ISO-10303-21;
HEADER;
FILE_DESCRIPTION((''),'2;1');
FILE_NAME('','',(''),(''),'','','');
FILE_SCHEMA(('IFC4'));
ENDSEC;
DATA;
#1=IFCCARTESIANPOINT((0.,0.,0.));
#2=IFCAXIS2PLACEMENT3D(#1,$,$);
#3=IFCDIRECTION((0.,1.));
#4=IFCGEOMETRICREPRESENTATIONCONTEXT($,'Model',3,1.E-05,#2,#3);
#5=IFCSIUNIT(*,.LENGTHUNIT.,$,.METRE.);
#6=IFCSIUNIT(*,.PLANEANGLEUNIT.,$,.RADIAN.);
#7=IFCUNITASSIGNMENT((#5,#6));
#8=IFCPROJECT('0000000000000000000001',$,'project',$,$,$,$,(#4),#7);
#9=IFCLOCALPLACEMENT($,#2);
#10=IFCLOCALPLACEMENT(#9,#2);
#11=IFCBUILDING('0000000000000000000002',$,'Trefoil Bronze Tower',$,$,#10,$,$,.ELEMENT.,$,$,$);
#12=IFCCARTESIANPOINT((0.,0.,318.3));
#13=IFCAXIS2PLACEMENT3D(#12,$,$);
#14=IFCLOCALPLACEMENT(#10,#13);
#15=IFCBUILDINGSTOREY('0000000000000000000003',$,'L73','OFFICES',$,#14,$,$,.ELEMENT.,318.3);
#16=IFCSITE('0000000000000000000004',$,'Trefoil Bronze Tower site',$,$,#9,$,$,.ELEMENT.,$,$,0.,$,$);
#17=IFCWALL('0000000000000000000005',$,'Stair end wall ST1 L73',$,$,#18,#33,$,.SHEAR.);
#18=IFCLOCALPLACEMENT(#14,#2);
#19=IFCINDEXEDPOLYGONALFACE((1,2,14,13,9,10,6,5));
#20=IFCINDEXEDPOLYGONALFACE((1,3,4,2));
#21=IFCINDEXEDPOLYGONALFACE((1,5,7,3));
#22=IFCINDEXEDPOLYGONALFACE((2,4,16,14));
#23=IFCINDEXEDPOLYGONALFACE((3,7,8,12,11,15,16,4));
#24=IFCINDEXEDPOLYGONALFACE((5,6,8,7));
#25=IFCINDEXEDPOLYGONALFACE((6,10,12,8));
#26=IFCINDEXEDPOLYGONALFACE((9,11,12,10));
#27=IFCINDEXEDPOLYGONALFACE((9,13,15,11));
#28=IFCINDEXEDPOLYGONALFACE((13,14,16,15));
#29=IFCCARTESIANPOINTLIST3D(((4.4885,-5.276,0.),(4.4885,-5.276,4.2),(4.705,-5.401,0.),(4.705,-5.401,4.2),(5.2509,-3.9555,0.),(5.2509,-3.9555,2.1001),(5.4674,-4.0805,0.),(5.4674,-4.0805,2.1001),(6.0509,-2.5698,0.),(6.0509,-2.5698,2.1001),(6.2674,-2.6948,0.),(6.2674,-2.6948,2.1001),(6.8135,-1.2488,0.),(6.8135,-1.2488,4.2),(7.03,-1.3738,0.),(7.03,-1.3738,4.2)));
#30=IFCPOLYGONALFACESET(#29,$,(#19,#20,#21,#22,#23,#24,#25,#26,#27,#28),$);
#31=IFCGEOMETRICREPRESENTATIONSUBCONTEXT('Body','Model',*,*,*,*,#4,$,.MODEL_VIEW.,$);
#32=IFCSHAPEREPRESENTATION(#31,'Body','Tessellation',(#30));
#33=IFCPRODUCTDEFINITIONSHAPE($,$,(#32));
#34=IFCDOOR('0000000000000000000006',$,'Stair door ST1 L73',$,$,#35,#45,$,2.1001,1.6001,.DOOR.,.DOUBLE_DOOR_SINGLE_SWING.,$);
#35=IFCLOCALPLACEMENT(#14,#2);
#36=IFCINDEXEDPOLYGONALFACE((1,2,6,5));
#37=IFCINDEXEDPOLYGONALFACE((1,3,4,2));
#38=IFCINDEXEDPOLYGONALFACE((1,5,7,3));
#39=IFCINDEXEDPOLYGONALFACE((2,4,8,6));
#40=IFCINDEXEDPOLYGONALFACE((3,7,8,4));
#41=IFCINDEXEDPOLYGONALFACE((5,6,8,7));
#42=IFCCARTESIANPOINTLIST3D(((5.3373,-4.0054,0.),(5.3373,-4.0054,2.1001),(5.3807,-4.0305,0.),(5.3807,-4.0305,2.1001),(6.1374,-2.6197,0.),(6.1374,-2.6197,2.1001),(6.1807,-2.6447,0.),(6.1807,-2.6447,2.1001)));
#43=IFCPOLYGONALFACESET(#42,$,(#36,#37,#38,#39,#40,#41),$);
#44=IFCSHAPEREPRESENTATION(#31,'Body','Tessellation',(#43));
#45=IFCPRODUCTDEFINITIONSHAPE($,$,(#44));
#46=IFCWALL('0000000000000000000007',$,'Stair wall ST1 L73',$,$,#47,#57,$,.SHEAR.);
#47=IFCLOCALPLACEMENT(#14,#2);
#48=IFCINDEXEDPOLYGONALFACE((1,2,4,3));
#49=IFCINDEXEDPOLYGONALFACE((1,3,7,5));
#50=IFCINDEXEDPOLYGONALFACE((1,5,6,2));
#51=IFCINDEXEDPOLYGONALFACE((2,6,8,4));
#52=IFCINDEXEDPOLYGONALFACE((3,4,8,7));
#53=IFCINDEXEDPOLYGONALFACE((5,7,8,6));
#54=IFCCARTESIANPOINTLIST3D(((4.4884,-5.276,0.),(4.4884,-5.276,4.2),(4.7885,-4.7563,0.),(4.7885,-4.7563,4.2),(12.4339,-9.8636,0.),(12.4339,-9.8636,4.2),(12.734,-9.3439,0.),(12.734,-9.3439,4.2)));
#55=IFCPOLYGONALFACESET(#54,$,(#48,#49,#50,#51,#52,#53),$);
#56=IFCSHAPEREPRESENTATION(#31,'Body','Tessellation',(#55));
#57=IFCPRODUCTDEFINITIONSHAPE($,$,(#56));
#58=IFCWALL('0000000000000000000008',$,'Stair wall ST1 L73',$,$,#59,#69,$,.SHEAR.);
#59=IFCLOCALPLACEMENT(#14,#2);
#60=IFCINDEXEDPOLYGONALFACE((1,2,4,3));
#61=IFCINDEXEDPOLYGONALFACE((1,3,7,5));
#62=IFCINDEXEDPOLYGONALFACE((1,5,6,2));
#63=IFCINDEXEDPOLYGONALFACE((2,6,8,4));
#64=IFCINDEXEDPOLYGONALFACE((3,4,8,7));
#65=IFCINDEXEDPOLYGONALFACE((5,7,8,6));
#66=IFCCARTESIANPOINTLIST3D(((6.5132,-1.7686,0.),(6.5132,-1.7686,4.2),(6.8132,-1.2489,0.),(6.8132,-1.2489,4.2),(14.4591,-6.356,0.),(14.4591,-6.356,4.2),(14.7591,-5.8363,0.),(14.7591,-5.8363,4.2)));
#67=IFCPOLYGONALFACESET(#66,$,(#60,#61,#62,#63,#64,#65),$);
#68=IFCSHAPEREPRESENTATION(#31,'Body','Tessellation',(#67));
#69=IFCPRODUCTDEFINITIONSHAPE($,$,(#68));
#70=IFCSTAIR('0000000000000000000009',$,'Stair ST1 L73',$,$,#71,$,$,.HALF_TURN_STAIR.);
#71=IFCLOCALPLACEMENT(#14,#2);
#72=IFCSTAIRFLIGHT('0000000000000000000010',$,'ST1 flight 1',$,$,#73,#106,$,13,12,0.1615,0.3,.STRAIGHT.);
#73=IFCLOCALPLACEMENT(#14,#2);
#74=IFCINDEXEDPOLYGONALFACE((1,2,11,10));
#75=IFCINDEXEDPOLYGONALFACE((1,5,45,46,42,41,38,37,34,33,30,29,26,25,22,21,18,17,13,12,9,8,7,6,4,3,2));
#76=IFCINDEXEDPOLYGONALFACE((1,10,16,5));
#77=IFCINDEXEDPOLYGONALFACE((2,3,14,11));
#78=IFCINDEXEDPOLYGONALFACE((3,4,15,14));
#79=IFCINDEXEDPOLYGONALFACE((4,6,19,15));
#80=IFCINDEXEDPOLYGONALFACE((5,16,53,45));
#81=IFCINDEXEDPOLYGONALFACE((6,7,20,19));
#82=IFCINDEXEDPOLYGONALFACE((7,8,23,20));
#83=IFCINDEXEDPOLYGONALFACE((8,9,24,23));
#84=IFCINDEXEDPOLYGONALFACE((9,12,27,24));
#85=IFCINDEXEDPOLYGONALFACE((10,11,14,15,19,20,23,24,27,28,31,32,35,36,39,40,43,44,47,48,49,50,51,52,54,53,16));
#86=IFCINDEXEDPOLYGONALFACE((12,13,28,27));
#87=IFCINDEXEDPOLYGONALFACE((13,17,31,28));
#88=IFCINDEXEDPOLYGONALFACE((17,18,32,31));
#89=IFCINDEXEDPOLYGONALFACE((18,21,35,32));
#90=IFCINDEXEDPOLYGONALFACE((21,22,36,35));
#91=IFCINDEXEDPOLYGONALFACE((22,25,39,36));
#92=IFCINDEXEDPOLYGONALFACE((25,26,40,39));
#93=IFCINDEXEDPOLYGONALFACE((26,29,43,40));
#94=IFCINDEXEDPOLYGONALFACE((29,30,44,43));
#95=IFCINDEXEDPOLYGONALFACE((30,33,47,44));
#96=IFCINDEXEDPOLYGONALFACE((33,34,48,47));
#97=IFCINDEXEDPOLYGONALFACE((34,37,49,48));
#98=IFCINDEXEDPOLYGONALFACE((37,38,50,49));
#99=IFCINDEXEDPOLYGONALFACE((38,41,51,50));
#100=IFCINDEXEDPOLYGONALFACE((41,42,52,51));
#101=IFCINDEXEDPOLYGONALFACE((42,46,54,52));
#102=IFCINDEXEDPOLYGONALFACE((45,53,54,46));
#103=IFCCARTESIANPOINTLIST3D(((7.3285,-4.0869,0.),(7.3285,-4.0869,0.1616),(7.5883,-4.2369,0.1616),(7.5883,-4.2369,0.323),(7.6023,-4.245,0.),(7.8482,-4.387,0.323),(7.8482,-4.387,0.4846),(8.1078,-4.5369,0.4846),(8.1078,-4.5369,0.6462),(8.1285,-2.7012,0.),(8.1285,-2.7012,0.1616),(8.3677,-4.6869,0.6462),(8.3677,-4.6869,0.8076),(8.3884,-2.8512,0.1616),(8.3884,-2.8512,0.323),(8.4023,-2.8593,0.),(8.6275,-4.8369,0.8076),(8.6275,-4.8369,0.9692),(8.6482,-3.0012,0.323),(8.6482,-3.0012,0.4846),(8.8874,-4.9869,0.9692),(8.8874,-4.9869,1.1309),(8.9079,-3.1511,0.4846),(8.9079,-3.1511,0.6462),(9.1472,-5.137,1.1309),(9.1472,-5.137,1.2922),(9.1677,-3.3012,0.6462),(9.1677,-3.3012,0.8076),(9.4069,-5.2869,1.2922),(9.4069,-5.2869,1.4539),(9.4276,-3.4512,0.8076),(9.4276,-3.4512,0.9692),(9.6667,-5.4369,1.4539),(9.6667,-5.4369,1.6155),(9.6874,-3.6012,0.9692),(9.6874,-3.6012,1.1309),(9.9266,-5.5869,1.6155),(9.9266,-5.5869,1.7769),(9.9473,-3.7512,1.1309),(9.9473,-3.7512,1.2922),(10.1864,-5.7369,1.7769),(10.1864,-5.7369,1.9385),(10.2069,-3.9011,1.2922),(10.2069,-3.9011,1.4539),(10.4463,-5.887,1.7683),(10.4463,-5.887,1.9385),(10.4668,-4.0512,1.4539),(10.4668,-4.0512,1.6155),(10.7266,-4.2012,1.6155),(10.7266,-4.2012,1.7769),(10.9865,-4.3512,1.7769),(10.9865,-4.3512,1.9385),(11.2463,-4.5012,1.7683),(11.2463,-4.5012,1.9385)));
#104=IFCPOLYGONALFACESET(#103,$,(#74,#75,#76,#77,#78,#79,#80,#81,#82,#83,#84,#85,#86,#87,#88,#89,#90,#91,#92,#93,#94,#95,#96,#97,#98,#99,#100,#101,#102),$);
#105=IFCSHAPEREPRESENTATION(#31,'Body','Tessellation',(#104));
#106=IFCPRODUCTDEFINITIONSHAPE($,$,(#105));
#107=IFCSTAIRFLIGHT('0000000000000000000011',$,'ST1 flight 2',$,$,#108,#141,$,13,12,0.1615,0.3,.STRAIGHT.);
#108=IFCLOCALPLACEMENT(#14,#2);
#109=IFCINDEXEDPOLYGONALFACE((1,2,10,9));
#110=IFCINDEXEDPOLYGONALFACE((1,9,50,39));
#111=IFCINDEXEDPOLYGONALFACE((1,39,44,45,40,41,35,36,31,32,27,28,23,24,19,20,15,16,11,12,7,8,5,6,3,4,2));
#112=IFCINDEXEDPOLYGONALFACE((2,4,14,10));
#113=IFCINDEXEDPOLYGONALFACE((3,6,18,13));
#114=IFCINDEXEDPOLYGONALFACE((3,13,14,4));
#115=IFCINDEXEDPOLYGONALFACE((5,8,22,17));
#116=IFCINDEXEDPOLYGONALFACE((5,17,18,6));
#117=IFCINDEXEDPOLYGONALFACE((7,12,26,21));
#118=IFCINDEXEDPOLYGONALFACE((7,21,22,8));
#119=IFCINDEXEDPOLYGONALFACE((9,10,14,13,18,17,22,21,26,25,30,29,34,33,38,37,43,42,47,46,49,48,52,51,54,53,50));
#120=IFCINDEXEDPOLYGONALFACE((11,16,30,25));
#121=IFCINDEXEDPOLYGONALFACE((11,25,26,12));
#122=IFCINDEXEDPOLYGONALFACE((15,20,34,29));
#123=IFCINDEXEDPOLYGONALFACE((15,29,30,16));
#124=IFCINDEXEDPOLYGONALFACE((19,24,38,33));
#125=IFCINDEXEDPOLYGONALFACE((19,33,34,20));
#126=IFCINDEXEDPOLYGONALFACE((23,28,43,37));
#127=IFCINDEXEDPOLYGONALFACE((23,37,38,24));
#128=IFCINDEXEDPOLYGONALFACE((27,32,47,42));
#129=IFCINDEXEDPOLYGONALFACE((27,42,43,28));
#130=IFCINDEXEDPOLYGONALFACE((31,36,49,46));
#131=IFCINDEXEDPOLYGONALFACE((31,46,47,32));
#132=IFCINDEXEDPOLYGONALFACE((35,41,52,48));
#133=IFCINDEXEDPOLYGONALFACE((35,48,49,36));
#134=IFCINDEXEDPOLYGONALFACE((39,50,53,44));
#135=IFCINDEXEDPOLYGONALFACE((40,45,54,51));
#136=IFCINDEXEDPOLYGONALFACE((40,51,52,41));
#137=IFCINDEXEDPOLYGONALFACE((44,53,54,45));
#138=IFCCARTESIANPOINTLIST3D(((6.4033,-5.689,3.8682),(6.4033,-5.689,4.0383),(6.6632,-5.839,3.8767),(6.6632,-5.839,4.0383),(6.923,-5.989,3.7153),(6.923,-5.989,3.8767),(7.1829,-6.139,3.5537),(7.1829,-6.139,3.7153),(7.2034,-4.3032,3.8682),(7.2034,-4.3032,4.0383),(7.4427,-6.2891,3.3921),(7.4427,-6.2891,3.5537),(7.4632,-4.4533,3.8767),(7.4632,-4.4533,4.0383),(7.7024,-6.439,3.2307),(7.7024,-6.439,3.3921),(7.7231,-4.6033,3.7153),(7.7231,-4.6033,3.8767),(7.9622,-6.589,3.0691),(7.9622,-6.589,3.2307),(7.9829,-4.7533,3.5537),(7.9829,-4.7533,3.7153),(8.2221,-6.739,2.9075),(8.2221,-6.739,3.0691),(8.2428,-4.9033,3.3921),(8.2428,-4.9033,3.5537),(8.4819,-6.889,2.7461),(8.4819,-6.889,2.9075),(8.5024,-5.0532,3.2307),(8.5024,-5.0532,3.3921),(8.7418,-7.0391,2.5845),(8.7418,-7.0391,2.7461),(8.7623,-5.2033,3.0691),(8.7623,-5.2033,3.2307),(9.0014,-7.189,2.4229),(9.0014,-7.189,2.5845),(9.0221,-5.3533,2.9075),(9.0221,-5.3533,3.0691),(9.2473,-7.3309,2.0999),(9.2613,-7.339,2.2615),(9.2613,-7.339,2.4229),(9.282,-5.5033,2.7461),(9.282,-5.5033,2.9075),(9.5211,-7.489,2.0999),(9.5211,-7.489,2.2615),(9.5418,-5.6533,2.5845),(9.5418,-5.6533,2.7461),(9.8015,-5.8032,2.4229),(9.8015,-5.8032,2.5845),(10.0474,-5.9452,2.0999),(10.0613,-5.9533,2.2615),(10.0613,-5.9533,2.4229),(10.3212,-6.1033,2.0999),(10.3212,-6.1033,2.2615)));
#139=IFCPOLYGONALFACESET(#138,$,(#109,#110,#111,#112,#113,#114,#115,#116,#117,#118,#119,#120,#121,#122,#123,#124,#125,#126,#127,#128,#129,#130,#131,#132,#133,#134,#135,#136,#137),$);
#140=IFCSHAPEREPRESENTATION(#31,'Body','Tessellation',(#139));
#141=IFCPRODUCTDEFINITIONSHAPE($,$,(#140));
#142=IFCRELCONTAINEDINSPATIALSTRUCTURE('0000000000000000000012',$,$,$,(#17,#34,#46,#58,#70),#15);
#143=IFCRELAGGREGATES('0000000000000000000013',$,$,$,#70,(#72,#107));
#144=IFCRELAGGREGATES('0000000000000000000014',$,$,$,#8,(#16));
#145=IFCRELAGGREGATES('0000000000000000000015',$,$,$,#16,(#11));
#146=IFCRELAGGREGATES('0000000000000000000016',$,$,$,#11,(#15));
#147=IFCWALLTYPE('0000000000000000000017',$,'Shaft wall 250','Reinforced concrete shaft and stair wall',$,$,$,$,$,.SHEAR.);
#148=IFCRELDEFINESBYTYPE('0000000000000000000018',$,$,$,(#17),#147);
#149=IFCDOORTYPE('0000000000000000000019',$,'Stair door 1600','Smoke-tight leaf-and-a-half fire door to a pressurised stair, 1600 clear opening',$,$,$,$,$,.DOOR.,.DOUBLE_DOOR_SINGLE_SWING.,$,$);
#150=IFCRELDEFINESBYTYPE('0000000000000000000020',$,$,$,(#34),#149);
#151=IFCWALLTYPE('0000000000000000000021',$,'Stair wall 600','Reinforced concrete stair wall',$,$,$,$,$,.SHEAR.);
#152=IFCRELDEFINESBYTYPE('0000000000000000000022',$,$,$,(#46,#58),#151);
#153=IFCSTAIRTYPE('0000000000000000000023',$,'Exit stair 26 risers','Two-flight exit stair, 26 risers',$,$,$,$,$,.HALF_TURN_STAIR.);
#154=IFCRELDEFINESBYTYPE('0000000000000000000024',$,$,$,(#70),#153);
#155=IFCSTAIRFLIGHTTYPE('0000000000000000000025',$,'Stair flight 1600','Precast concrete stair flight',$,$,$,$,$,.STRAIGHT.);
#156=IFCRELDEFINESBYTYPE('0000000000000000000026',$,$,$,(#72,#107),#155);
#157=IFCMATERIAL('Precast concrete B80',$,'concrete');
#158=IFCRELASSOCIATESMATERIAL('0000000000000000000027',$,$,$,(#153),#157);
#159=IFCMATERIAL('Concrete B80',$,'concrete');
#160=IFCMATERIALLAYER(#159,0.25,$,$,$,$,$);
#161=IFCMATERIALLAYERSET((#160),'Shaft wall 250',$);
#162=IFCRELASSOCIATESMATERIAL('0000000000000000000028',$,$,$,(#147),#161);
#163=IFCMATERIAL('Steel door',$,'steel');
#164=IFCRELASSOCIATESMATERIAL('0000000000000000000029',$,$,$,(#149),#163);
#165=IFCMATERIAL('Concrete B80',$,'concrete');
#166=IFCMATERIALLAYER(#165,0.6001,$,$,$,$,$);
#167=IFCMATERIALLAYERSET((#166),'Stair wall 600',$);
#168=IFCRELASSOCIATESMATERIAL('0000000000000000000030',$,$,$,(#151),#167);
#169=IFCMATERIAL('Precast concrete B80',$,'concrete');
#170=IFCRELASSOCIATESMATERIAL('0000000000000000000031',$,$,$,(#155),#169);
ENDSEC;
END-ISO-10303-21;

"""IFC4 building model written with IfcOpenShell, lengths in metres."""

from ifc_helpers import new_model, si_unit, direction, frame, frame_2d, origin, place, context, subcontext, project, spatial, polyline, rectangle, outline, extrude, material, layer, layer_set, type_object, element, fill, aggregate, save


model = new_model("IFC4")

# Units and contexts
model_context = context("Model", 3, precision=1e-05, world=origin(), true_north=direction((0.0, 1.0)))
body_context = subcontext(model_context, "Body", "Model", "MODEL_VIEW")
ifc_project = project(units=[si_unit("LENGTHUNIT", "METRE"), si_unit("PLANEANGLEUNIT", "RADIAN")], contexts=[model_context])

# Site, building, storey
site_placement = place(None, origin())
site = spatial("IfcSite", under=ifc_project, at=site_placement, Name="Trefoil Bronze Tower site", CompositionType="ELEMENT", RefElevation=0.0)
building_placement = place(site_placement, origin())
building = spatial("IfcBuilding", under=site, at=building_placement, Name="Trefoil Bronze Tower", CompositionType="ELEMENT")
storey_placement = place(building_placement, frame((0.0, 0.0, 318.3)))
storey = spatial("IfcBuildingStorey", under=building, at=storey_placement, Name="L73", Description="OFFICES", CompositionType="ELEMENT", Elevation=318.3)

# Shared definitions
ifc_material_1 = material(Name="Precast concrete B80", Category="concrete")
stair_type = type_object("IfcStairType", Name="Exit stair 26 risers", Description="Two-flight exit stair, 26 risers", PredefinedType="HALF_TURN_STAIR", material=ifc_material_1)

# Shared definitions
ifc_material_2 = material(Name="Concrete B80", Category="concrete")
ifc_layer_1 = layer(ifc_material_2, 0.25)
ifc_layer_set_1 = layer_set([ifc_layer_1], Name="Shaft wall 250")
wall_type_1 = type_object("IfcWallType", Name="Shaft wall 250", Description="Reinforced concrete shaft and stair wall", PredefinedType="SHEAR", material=ifc_layer_set_1)

# Wall, opening, door
wall_1_placement = place(storey_placement, frame((4.5967, -5.3386, 0.0), z_axis=(0.0, 0.0, 1.0), x_axis=(0.499985, 0.866034, 0.0)))
wall_1 = element("IfcWall", 1, at=wall_1_placement, inside=storey, type_object=wall_type_1, Name="Stair end wall ST1 L73", PredefinedType="SHEAR", context=body_context, shape_type="SweptSolid", body=[
    extrude(rectangle(XDim=4.6501, YDim=0.25, at=frame_2d((2.3252, 0.0))), origin(), (0.0, 0.0, 1.0), 4.2),
])
opening_1_placement = place(wall_1_placement, frame((1.5249, 0.0, 0.0)))
opening_1 = element("IfcOpeningElement", 2, at=opening_1_placement, cuts=wall_1, PredefinedType="OPENING", context=body_context, shape_type="SweptSolid", body=[
    extrude(rectangle(XDim=1.6001, YDim=2.1001, at=frame_2d((0.8, 1.05))), frame((0.0, 0.135, 0.0), z_axis=(0.0, -1.0, 0.0), x_axis=(1.0, 0.0, 0.0)), (0.0, 0.0, 1.0), 0.27),
])
ifc_material_3 = material(Name="Steel door", Category="steel")
door_type_1 = type_object("IfcDoorType", Name="Stair door 1600", Description="Smoke-tight leaf-and-a-half fire door to a pressurised stair, 1600 clear opening", OperationType="DOUBLE_DOOR_SINGLE_SWING", PredefinedType="DOOR", material=ifc_material_3)
door_1_placement = place(opening_1_placement, frame((1.6001, 0.0, 0.0), z_axis=(0.0, 0.0, 1.0), x_axis=(-1.0, 0.0, 0.0)))
door_1 = element("IfcDoor", 3, at=door_1_placement, inside=storey, type_object=door_type_1, Name="Stair door ST1 L73", OperationType="DOUBLE_DOOR_SINGLE_SWING", OverallHeight=2.1001, OverallWidth=1.6001, PredefinedType="DOOR", context=body_context, shape_type="SweptSolid", body=[
    extrude(rectangle(XDim=1.6001, YDim=2.1001, at=frame_2d((0.8, 1.05))), frame((0.0, 0.0249, 0.0), z_axis=(0.0, -1.0, 0.0), x_axis=(1.0, 0.0, 0.0)), (0.0, 0.0, 1.0), 0.05),
])
fill(opening_1, door_1)

# Walls
ifc_material_4 = material(Name="Concrete B80", Category="concrete")
ifc_layer_2 = layer(ifc_material_4, 0.6001)
ifc_layer_set_2 = layer_set([ifc_layer_2], Name="Stair wall 600")
wall_type_2 = type_object("IfcWallType", Name="Stair wall 600", Description="Reinforced concrete stair wall", PredefinedType="SHEAR", material=ifc_layer_set_2)
wall_2_placement = place(storey_placement, frame((4.6384, -5.0161, 0.0), z_axis=(0.0, 0.0, 1.0), x_axis=(0.866012, -0.500023, 0.0)))
element("IfcWall", 4, at=wall_2_placement, inside=storey, type_object=wall_type_2, Name="Stair wall ST1 L73", PredefinedType="SHEAR", context=body_context, shape_type="SweptSolid", body=[
    extrude(rectangle(XDim=9.1748, YDim=0.6001, at=frame_2d((4.5874, 0.0))), origin(), (0.0, 0.0, 1.0), 4.2),
])
wall_3_placement = place(storey_placement, frame((6.6633, -1.5088, 0.0), z_axis=(0.0, 0.0, 1.0), x_axis=(0.86603, -0.499991, 0.0)))
element("IfcWall", 5, at=wall_3_placement, inside=storey, type_object=wall_type_2, Name="Stair wall ST1 L73", PredefinedType="SHEAR", context=body_context, shape_type="SweptSolid", body=[
    extrude(rectangle(XDim=9.175, YDim=0.6001, at=frame_2d((4.5874, 0.0))), origin(), (0.0, 0.0, 1.0), 4.2),
])

# Stair, stair flights
stair_1_placement = place(storey_placement, origin())
stair_1 = element("IfcStair", 6, at=stair_1_placement, inside=storey, type_object=stair_type, Name="Stair ST1 L73", PredefinedType="HALF_TURN_STAIR")
ifc_material_5 = material(Name="Precast concrete B80", Category="concrete")
stair_flight_type = type_object("IfcStairFlightType", Name="Stair flight 1600", Description="Precast concrete stair flight", PredefinedType="STRAIGHT", material=ifc_material_5)
stair_flight_1_placement = place(storey_placement, frame((7.7285, -3.394, 0.0), z_axis=(0.0, 0.0, 1.0), x_axis=(0.866025, -0.5, 0.0)))
stair_flight_1 = element("IfcStairFlight", 7, at=stair_flight_1_placement, type_object=stair_flight_type, Name="ST1 flight 1", NumberOfRisers=13, NumberOfTreads=12, PredefinedType="STRAIGHT", RiserHeight=0.1615, TreadLength=0.3, context=body_context, shape_type="SweptSolid", body=[
    extrude(outline(polyline([(0.0, 0.0), (0.0, 0.1616), (0.3, 0.1616), (0.3, 0.323), (0.6001, 0.323), (0.6001, 0.4846), (0.8999, 0.4846), (0.8999, 0.6462), (1.2, 0.6462), (1.2, 0.8076), (1.5, 0.8076), (1.5, 0.9692), (1.8, 0.9692), (1.8, 1.1309), (2.1001, 1.1309), (2.1001, 1.2922), (2.3999, 1.2922), (2.3999, 1.4539), (2.7, 1.4539), (2.7, 1.6155), (3.0, 1.6155), (3.0, 1.7769), (3.3, 1.7769), (3.3, 1.9385), (3.6001, 1.9385), (3.6001, 2.1001), (3.6001, 1.7683), (0.3162, 0.0), (0.0, 0.0)])), frame((0.0, 0.8, 0.0), z_axis=(0.0, -1.0, 0.0), x_axis=(1.0, 0.0, 0.0)), (0.0, 0.0, 1.0), 1.6001),
])
stair_flight_2_placement = place(storey_placement, frame((9.9211, -6.7961, 2.0999), z_axis=(0.0, 0.0, 1.0), x_axis=(-0.866025, 0.5, 0.0)))
stair_flight_2 = element("IfcStairFlight", 8, at=stair_flight_2_placement, type_object=stair_flight_type, Name="ST1 flight 2", NumberOfRisers=13, NumberOfTreads=12, PredefinedType="STRAIGHT", RiserHeight=0.1615, TreadLength=0.3, context=body_context, shape_type="SweptSolid", body=[
    extrude(outline(polyline([(0.0, 0.0), (0.0, 0.1616), (0.3, 0.1616), (0.3, 0.323), (0.6001, 0.323), (0.6001, 0.4846), (0.8999, 0.4846), (0.8999, 0.6462), (1.2, 0.6462), (1.2, 0.8076), (1.5, 0.8076), (1.5, 0.9692), (1.8, 0.9692), (1.8, 1.1309), (2.1001, 1.1309), (2.1001, 1.2922), (2.3999, 1.2922), (2.3999, 1.4539), (2.7, 1.4539), (2.7, 1.6155), (3.0, 1.6155), (3.0, 1.7769), (3.3, 1.7769), (3.3, 1.9385), (3.6001, 1.9385), (3.6001, 2.1001), (3.6001, 1.7683), (0.3162, 0.0), (0.0, 0.0)])), frame((0.0, 0.8, 0.0), z_axis=(0.0, -1.0, 0.0), x_axis=(1.0, 0.0, 0.0)), (0.0, 0.0, 1.0), 1.6001),
])
aggregate(stair_1, [stair_flight_1, stair_flight_2])

save(model, "model.ifc")
